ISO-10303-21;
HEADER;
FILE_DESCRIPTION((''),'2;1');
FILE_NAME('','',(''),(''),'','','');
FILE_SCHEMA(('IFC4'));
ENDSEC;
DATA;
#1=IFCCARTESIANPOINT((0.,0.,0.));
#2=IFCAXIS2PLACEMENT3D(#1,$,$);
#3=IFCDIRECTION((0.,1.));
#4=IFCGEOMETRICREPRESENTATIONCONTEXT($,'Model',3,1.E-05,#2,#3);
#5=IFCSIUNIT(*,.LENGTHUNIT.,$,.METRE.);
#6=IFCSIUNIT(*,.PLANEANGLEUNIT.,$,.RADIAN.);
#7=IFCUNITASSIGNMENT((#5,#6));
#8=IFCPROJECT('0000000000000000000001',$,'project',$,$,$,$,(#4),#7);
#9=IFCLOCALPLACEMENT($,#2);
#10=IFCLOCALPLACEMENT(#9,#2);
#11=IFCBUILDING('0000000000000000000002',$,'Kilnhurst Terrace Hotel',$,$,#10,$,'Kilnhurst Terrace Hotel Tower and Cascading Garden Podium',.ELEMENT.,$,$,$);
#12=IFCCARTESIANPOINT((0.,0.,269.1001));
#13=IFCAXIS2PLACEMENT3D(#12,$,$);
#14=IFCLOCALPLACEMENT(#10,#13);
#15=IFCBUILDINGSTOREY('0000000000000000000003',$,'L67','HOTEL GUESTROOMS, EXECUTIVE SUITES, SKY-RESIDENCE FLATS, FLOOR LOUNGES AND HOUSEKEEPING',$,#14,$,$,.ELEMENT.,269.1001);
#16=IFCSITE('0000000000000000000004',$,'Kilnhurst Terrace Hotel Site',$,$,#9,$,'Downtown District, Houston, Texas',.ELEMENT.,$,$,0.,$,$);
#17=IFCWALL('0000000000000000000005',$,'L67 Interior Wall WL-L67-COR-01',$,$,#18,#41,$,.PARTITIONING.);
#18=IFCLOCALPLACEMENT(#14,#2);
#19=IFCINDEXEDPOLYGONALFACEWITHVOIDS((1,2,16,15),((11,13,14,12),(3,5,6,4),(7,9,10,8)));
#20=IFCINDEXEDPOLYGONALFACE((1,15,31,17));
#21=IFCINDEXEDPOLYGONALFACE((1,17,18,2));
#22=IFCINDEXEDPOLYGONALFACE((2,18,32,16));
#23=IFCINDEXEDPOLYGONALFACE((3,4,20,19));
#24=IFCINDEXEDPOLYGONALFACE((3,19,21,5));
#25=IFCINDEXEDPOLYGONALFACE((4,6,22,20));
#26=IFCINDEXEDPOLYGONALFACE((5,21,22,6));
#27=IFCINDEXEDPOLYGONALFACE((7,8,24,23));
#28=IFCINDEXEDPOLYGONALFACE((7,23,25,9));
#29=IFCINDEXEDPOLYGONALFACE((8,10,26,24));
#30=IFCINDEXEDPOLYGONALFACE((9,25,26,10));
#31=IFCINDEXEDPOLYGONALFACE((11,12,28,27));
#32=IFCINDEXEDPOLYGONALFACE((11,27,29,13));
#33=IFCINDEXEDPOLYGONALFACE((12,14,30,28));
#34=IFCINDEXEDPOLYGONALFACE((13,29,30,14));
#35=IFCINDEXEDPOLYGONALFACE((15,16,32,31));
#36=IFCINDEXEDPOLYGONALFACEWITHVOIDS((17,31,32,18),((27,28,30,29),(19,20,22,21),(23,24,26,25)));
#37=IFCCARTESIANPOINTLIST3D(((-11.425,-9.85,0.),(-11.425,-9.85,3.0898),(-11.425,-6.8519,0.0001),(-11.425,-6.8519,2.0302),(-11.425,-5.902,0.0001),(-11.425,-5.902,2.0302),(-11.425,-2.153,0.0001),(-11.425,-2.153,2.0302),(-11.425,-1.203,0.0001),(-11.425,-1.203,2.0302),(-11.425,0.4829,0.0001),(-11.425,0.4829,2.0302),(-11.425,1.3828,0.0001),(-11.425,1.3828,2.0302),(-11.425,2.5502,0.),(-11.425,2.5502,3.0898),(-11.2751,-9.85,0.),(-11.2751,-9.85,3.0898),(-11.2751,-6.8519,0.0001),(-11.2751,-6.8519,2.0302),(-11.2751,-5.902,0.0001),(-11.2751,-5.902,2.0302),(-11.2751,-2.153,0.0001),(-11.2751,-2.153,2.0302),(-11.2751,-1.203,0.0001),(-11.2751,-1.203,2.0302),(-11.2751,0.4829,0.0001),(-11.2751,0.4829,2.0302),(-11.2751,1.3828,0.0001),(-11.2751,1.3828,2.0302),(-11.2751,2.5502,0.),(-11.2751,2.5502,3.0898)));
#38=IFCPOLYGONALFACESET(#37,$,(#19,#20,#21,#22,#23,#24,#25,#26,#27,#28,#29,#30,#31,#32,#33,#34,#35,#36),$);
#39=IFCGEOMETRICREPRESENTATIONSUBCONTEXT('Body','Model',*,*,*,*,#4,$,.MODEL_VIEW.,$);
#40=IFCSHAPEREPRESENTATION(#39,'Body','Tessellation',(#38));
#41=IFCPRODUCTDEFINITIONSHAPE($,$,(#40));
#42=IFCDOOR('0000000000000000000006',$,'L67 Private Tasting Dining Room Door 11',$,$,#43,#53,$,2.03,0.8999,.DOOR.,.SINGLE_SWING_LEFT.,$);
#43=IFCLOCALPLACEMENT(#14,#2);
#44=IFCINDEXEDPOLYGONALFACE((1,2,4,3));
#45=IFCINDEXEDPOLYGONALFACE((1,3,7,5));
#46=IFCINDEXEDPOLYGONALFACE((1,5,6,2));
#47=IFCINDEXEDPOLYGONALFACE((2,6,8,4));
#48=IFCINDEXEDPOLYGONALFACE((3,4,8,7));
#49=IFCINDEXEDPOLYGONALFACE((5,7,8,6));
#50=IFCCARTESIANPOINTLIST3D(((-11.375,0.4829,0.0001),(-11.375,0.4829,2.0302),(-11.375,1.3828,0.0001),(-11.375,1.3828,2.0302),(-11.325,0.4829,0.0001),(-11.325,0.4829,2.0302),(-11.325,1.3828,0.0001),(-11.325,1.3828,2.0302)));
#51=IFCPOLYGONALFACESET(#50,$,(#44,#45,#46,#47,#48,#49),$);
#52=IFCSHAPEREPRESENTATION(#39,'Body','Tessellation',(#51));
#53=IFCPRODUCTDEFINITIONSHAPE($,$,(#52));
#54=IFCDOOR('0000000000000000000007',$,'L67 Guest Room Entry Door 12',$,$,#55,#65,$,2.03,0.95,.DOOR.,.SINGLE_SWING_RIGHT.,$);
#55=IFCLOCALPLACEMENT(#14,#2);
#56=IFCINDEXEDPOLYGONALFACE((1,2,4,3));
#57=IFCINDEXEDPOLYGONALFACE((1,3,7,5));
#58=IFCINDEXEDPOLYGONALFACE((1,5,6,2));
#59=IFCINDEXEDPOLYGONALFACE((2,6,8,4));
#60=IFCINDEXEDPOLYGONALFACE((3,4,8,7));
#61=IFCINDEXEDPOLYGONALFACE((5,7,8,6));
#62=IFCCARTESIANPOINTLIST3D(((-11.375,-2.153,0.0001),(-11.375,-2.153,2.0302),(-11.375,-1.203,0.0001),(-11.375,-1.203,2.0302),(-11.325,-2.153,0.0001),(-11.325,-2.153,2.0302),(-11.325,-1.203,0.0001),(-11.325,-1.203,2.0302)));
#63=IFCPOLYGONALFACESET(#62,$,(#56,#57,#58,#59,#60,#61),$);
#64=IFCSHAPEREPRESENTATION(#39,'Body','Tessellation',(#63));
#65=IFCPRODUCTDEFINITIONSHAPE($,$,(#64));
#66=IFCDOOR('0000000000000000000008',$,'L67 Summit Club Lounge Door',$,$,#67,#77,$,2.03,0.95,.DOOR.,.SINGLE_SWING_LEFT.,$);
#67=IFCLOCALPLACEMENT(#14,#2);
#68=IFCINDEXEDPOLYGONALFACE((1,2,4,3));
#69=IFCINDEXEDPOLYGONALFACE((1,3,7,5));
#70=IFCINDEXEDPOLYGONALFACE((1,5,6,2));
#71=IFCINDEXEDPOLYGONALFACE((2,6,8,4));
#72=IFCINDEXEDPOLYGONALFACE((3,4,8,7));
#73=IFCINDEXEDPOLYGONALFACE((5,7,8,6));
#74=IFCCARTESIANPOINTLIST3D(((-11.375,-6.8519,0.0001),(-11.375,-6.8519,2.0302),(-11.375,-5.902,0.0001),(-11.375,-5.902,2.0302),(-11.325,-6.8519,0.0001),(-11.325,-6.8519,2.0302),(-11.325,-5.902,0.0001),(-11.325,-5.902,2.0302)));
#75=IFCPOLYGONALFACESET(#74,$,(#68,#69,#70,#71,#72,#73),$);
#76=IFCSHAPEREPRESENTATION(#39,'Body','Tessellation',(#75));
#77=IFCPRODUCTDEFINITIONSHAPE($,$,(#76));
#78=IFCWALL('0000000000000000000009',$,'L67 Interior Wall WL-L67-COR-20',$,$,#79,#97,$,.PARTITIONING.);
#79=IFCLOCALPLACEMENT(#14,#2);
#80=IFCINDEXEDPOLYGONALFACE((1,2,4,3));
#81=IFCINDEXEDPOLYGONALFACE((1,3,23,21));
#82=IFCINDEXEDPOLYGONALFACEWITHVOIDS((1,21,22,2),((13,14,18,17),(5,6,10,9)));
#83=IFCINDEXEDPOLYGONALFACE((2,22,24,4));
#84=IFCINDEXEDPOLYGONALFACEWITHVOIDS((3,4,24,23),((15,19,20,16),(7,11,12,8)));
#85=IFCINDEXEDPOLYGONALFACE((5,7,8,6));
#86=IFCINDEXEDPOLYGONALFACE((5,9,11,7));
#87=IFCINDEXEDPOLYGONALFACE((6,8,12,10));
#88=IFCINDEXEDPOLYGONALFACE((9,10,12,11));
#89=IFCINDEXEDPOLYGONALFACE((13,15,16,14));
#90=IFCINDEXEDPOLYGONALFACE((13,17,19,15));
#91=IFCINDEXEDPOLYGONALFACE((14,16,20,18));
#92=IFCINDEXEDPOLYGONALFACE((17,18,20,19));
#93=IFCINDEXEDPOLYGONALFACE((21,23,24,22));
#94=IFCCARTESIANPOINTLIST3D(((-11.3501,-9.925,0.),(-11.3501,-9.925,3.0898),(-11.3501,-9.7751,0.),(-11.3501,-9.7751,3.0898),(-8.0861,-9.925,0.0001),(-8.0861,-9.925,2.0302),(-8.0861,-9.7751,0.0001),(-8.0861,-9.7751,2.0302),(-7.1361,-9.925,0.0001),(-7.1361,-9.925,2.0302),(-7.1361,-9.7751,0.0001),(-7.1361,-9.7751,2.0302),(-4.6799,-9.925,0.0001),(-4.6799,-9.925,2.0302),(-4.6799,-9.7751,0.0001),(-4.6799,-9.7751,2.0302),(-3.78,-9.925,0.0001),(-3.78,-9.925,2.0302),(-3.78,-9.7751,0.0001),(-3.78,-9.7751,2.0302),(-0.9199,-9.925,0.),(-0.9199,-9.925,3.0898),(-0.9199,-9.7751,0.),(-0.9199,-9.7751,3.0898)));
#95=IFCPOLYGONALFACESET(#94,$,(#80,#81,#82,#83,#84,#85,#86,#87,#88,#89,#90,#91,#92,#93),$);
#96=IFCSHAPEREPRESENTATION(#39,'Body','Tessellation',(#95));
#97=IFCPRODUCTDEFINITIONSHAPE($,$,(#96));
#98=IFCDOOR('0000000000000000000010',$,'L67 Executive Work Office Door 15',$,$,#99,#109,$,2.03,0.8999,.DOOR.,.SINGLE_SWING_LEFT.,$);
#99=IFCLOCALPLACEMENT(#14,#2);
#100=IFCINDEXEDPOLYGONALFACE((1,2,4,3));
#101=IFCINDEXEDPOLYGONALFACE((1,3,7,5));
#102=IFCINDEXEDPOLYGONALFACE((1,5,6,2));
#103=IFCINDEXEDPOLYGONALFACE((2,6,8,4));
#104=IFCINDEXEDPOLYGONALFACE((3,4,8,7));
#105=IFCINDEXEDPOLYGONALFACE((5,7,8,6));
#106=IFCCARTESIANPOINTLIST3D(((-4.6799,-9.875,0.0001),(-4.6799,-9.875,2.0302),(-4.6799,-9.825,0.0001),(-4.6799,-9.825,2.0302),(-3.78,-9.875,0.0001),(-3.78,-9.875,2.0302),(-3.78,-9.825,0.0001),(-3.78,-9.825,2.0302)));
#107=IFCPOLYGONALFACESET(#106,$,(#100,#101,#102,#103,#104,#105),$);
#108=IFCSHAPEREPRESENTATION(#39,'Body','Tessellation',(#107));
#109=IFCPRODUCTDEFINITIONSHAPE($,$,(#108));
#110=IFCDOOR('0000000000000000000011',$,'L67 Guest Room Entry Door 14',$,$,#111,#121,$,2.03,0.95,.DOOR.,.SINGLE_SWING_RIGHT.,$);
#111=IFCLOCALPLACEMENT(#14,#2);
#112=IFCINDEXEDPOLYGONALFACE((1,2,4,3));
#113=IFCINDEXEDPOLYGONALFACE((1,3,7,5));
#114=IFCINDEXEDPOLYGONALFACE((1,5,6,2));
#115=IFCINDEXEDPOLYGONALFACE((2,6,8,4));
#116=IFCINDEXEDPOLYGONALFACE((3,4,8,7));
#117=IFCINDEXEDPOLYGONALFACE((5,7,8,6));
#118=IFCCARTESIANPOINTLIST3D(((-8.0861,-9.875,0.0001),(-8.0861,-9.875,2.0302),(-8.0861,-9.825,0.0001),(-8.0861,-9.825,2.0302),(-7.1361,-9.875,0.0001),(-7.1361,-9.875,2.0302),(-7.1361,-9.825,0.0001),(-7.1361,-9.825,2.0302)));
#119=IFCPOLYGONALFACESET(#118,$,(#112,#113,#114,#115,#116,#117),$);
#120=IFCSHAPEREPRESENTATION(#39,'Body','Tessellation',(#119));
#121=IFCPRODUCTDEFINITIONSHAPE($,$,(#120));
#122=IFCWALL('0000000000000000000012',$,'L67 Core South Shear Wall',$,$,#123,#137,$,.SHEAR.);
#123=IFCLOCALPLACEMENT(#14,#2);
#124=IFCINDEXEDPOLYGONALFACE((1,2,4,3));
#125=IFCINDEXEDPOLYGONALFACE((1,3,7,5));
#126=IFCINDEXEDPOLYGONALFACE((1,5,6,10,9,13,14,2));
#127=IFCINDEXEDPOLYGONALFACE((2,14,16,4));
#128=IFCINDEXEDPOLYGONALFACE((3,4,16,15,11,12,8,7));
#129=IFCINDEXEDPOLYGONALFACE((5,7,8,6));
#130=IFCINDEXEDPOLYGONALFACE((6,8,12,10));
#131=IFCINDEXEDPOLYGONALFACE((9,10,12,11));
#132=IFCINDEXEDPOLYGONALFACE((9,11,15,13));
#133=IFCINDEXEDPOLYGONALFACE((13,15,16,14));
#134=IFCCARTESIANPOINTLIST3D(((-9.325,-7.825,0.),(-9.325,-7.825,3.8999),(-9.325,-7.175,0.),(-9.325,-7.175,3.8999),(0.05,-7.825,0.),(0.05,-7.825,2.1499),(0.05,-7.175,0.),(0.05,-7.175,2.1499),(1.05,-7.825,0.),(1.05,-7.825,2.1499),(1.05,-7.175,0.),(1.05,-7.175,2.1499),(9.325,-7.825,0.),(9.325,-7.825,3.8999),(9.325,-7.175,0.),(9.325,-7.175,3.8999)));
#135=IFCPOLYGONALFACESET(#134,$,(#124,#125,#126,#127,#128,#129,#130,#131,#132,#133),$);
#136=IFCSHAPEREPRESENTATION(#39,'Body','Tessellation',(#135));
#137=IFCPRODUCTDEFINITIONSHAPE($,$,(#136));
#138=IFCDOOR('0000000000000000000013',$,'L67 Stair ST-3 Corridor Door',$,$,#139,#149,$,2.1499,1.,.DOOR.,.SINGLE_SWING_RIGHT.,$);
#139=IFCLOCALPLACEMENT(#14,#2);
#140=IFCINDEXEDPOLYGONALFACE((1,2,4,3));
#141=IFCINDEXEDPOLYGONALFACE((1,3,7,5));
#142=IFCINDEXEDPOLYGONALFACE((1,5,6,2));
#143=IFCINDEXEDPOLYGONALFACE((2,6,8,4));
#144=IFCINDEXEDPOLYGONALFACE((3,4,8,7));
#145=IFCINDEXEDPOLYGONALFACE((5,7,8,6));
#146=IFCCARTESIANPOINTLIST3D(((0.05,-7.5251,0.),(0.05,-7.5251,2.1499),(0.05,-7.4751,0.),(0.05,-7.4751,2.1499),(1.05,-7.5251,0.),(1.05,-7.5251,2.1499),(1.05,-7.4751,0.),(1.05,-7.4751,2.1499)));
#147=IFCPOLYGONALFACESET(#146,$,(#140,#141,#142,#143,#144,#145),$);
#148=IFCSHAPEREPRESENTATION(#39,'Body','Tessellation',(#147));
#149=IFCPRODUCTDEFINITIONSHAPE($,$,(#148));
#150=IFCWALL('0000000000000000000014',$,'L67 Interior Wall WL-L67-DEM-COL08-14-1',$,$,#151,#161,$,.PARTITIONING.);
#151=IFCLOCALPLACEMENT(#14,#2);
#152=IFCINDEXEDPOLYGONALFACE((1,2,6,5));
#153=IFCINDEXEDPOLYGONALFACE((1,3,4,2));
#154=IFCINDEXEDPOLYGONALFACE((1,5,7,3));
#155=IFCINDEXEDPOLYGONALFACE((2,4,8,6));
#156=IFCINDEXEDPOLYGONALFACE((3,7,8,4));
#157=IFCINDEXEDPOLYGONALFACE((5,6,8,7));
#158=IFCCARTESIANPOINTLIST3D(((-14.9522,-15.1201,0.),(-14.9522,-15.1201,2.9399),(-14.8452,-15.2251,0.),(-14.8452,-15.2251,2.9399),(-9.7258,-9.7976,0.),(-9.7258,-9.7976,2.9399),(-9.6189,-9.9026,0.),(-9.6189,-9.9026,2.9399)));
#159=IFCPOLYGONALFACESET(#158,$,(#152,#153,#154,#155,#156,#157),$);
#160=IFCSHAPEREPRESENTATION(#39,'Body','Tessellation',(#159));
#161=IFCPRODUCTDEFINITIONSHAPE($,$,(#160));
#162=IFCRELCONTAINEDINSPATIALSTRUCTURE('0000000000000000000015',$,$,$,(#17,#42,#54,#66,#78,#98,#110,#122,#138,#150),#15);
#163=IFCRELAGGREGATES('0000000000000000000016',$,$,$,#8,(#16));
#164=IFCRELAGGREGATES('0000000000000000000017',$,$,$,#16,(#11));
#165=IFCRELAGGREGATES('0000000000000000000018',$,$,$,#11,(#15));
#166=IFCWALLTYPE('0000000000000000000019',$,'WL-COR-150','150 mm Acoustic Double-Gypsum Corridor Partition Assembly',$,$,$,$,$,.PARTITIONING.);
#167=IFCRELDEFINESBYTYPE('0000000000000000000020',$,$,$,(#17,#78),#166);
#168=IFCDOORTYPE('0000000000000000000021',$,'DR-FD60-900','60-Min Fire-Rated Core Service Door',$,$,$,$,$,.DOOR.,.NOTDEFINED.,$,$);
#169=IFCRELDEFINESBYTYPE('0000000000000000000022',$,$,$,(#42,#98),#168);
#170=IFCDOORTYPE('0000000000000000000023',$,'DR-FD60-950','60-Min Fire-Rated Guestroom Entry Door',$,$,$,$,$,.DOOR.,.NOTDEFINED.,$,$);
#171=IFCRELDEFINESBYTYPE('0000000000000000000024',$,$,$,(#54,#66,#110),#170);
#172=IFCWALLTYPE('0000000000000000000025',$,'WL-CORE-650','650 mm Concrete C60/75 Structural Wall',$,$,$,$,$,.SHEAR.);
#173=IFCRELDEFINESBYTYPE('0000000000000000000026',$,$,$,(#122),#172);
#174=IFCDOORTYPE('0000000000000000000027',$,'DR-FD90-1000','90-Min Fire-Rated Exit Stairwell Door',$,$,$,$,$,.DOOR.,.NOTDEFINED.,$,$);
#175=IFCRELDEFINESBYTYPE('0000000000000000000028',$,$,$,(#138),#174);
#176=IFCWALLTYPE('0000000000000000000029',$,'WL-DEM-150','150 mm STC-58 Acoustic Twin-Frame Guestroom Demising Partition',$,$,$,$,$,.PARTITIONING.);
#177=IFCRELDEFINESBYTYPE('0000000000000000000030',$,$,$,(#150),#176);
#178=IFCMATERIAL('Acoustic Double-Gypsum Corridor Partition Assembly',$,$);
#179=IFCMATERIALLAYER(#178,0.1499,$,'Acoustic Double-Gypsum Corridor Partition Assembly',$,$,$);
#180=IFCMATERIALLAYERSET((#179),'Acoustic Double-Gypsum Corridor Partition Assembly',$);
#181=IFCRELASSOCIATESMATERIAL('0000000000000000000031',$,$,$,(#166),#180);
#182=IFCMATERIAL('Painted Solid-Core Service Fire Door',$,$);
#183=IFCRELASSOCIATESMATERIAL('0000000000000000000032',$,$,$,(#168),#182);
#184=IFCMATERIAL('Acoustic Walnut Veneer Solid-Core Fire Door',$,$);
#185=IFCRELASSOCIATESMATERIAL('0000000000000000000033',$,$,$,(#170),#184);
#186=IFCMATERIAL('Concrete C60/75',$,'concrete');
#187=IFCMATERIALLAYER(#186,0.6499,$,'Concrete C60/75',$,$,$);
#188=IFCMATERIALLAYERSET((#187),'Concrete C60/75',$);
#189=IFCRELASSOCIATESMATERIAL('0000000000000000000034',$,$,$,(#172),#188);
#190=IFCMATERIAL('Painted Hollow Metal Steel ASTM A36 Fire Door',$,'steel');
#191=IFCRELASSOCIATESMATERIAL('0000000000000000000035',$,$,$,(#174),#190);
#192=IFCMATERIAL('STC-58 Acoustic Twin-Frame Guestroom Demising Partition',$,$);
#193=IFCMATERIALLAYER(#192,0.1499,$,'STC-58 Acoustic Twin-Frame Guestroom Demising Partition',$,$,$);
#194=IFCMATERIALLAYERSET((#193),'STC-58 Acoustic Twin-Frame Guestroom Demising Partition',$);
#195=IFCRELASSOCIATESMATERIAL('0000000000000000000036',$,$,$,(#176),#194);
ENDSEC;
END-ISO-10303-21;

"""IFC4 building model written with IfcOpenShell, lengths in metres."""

from ifc_helpers import new_model, si_unit, direction, frame, frame_2d, origin, place, context, subcontext, project, spatial, rectangle, extrude, material, layer, layer_set, type_object, element, fill, save


model = new_model("IFC4")

# Units and contexts
model_context = context("Model", 3, precision=1e-05, world=origin(), true_north=direction((0.0, 1.0)))
body_context = subcontext(model_context, "Body", "Model", "MODEL_VIEW")
ifc_project = project(units=[si_unit("LENGTHUNIT", "METRE"), si_unit("PLANEANGLEUNIT", "RADIAN")], contexts=[model_context])

# Site, building, storey
site_placement = place(None, origin())
site = spatial("IfcSite", under=ifc_project, at=site_placement, Name="Kilnhurst Terrace Hotel Site", LongName="Downtown District, Houston, Texas", CompositionType="ELEMENT", RefElevation=0.0)
building_placement = place(site_placement, origin())
building = spatial("IfcBuilding", under=site, at=building_placement, Name="Kilnhurst Terrace Hotel", LongName="Kilnhurst Terrace Hotel Tower and Cascading Garden Podium", CompositionType="ELEMENT")
storey_placement = place(building_placement, frame((0.0, 0.0, 269.1001)))
storey = spatial("IfcBuildingStorey", under=building, at=storey_placement, Name="L67", Description="HOTEL GUESTROOMS, EXECUTIVE SUITES, SKY-RESIDENCE FLATS, FLOOR LOUNGES AND HOUSEKEEPING", CompositionType="ELEMENT", Elevation=269.1001)

# Shared definitions
ifc_material_1 = material(Name="Concrete C60/75", Category="concrete")

# Walls, openings, doors
ifc_material_2 = material(Name="Acoustic Double-Gypsum Corridor Partition Assembly")
ifc_layer_1 = layer(ifc_material_2, 0.1499, Name="Acoustic Double-Gypsum Corridor Partition Assembly")
ifc_layer_set_1 = layer_set([ifc_layer_1], Name="Acoustic Double-Gypsum Corridor Partition Assembly")
wall_type_1 = type_object("IfcWallType", Name="WL-COR-150", Description="150 mm Acoustic Double-Gypsum Corridor Partition Assembly", PredefinedType="PARTITIONING", material=ifc_layer_set_1)
wall_1_placement = place(storey_placement, frame((-11.3501, -9.8501, 0.0), z_axis=(0.0, 0.0, 1.0), x_axis=(0.0, 1.0, 0.0)))
wall_1 = element("IfcWall", 1, at=wall_1_placement, inside=storey, type_object=wall_type_1, Name="L67 Interior Wall WL-L67-COR-01", PredefinedType="PARTITIONING", context=body_context, shape_type="SweptSolid", body=[
    extrude(rectangle(XDim=12.4001, YDim=0.1499, at=frame_2d((6.2002, 0.0))), origin(), (0.0, 0.0, 1.0), 3.0898),
])
opening_1_placement = place(wall_1_placement, frame((10.333, 0.0, 0.0)))
opening_1 = element("IfcOpeningElement", 2, at=opening_1_placement, cuts=wall_1, PredefinedType="OPENING", context=body_context, shape_type="SweptSolid", body=[
    extrude(rectangle(XDim=0.8999, YDim=2.03, at=frame_2d((0.45, 1.0151))), frame((0.0, 0.085, 0.0), z_axis=(0.0, -1.0, 0.0), x_axis=(1.0, 0.0, 0.0)), (0.0, 0.0, 1.0), 0.1699),
])
opening_2_placement = place(wall_1_placement, frame((7.697, 0.0, 0.0)))
opening_2 = element("IfcOpeningElement", 3, at=opening_2_placement, cuts=wall_1, PredefinedType="OPENING", context=body_context, shape_type="SweptSolid", body=[
    extrude(rectangle(XDim=0.95, YDim=2.03, at=frame_2d((0.4751, 1.0151))), frame((0.0, 0.085, 0.0), z_axis=(0.0, -1.0, 0.0), x_axis=(1.0, 0.0, 0.0)), (0.0, 0.0, 1.0), 0.1699),
])
opening_3_placement = place(wall_1_placement, frame((2.998, 0.0, 0.0)))
opening_3 = element("IfcOpeningElement", 4, at=opening_3_placement, cuts=wall_1, PredefinedType="OPENING", context=body_context, shape_type="SweptSolid", body=[
    extrude(rectangle(XDim=0.95, YDim=2.03, at=frame_2d((0.4751, 1.0151))), frame((0.0, 0.085, 0.0), z_axis=(0.0, -1.0, 0.0), x_axis=(1.0, 0.0, 0.0)), (0.0, 0.0, 1.0), 0.1699),
])
ifc_material_3 = material(Name="Painted Solid-Core Service Fire Door")
door_type_1 = type_object("IfcDoorType", Name="DR-FD60-900", Description="60-Min Fire-Rated Core Service Door", OperationType="NOTDEFINED", PredefinedType="DOOR", material=ifc_material_3)
door_1_placement = place(opening_1_placement, origin())
door_1 = element("IfcDoor", 5, at=door_1_placement, inside=storey, type_object=door_type_1, Name="L67 Private Tasting Dining Room Door 11", OperationType="SINGLE_SWING_LEFT", OverallHeight=2.03, OverallWidth=0.8999, PredefinedType="DOOR", context=body_context, shape_type="SweptSolid", body=[
    extrude(rectangle(XDim=0.8999, YDim=2.03, at=frame_2d((0.45, 1.0151))), frame((0.0, 0.0249, 0.0), z_axis=(0.0, -1.0, 0.0), x_axis=(1.0, 0.0, 0.0)), (0.0, 0.0, 1.0), 0.05),
])
fill(opening_1, door_1)
ifc_material_4 = material(Name="Acoustic Walnut Veneer Solid-Core Fire Door")
door_type_2 = type_object("IfcDoorType", Name="DR-FD60-950", Description="60-Min Fire-Rated Guestroom Entry Door", OperationType="NOTDEFINED", PredefinedType="DOOR", material=ifc_material_4)
door_2_placement = place(opening_2_placement, origin())
door_2 = element("IfcDoor", 6, at=door_2_placement, inside=storey, type_object=door_type_2, Name="L67 Guest Room Entry Door 12", OperationType="SINGLE_SWING_RIGHT", OverallHeight=2.03, OverallWidth=0.95, PredefinedType="DOOR", context=body_context, shape_type="SweptSolid", body=[
    extrude(rectangle(XDim=0.95, YDim=2.03, at=frame_2d((0.4751, 1.0151))), frame((0.0, 0.0249, 0.0), z_axis=(0.0, -1.0, 0.0), x_axis=(1.0, 0.0, 0.0)), (0.0, 0.0, 1.0), 0.05),
])
fill(opening_2, door_2)
door_3_placement = place(opening_3_placement, origin())
door_3 = element("IfcDoor", 7, at=door_3_placement, inside=storey, type_object=door_type_2, Name="L67 Summit Club Lounge Door", OperationType="SINGLE_SWING_LEFT", OverallHeight=2.03, OverallWidth=0.95, PredefinedType="DOOR", context=body_context, shape_type="SweptSolid", body=[
    extrude(rectangle(XDim=0.95, YDim=2.03, at=frame_2d((0.4751, 1.0151))), frame((0.0, 0.0249, 0.0), z_axis=(0.0, -1.0, 0.0), x_axis=(1.0, 0.0, 0.0)), (0.0, 0.0, 1.0), 0.05),
])
fill(opening_3, door_3)
wall_2_placement = place(storey_placement, frame((-0.9199, -9.8501, 0.0), z_axis=(0.0, 0.0, 1.0), x_axis=(-1.0, 0.0, 0.0)))
wall_2 = element("IfcWall", 8, at=wall_2_placement, inside=storey, type_object=wall_type_1, Name="L67 Interior Wall WL-L67-COR-20", PredefinedType="PARTITIONING", context=body_context, shape_type="SweptSolid", body=[
    extrude(rectangle(XDim=10.4302, YDim=0.1499, at=frame_2d((5.2151, 0.0))), origin(), (0.0, 0.0, 1.0), 3.0898),
])
opening_4_placement = place(wall_2_placement, frame((6.2161, 0.0, 0.0)))
opening_4 = element("IfcOpeningElement", 9, at=opening_4_placement, cuts=wall_2, PredefinedType="OPENING", context=body_context, shape_type="SweptSolid", body=[
    extrude(rectangle(XDim=0.95, YDim=2.03, at=frame_2d((0.4751, 1.0151))), frame((0.0, 0.085, 0.0), z_axis=(0.0, -1.0, 0.0), x_axis=(1.0, 0.0, 0.0)), (0.0, 0.0, 1.0), 0.1699),
])
opening_5_placement = place(wall_2_placement, frame((2.8601, 0.0, 0.0)))
opening_5 = element("IfcOpeningElement", 10, at=opening_5_placement, cuts=wall_2, PredefinedType="OPENING", context=body_context, shape_type="SweptSolid", body=[
    extrude(rectangle(XDim=0.8999, YDim=2.03, at=frame_2d((0.45, 1.0151))), frame((0.0, 0.085, 0.0), z_axis=(0.0, -1.0, 0.0), x_axis=(1.0, 0.0, 0.0)), (0.0, 0.0, 1.0), 0.1699),
])
door_4_placement = place(opening_5_placement, origin())
door_4 = element("IfcDoor", 11, at=door_4_placement, inside=storey, type_object=door_type_1, Name="L67 Executive Work Office Door 15", OperationType="SINGLE_SWING_LEFT", OverallHeight=2.03, OverallWidth=0.8999, PredefinedType="DOOR", context=body_context, shape_type="SweptSolid", body=[
    extrude(rectangle(XDim=0.8999, YDim=2.03, at=frame_2d((0.45, 1.0151))), frame((0.0, 0.0249, 0.0), z_axis=(0.0, -1.0, 0.0), x_axis=(1.0, 0.0, 0.0)), (0.0, 0.0, 1.0), 0.05),
])
fill(opening_5, door_4)
door_5_placement = place(opening_4_placement, origin())
door_5 = element("IfcDoor", 12, at=door_5_placement, inside=storey, type_object=door_type_2, Name="L67 Guest Room Entry Door 14", OperationType="SINGLE_SWING_RIGHT", OverallHeight=2.03, OverallWidth=0.95, PredefinedType="DOOR", context=body_context, shape_type="SweptSolid", body=[
    extrude(rectangle(XDim=0.95, YDim=2.03, at=frame_2d((0.4751, 1.0151))), frame((0.0, 0.0249, 0.0), z_axis=(0.0, -1.0, 0.0), x_axis=(1.0, 0.0, 0.0)), (0.0, 0.0, 1.0), 0.05),
])
fill(opening_4, door_5)

# Wall, opening, door
ifc_layer_2 = layer(ifc_material_1, 0.6499, Name="Concrete C60/75")
ifc_layer_set_2 = layer_set([ifc_layer_2], Name="Concrete C60/75")
wall_type_2 = type_object("IfcWallType", Name="WL-CORE-650", Description="650 mm Concrete C60/75 Structural Wall", PredefinedType="SHEAR", material=ifc_layer_set_2)
wall_3_placement = place(storey_placement, frame((-9.325, -7.5, 0.0), z_axis=(0.0, 0.0, 1.0), x_axis=(1.0, 0.0, 0.0)))
wall_3 = element("IfcWall", 13, at=wall_3_placement, inside=storey, type_object=wall_type_2, Name="L67 Core South Shear Wall", PredefinedType="SHEAR", context=body_context, shape_type="SweptSolid", body=[
    extrude(rectangle(XDim=18.6499, YDim=0.6499, at=frame_2d((9.325, 0.0))), origin(), (0.0, 0.0, 1.0), 3.8999),
])
opening_6_placement = place(wall_3_placement, frame((9.375, 0.0, 0.0)))
opening_6 = element("IfcOpeningElement", 14, at=opening_6_placement, cuts=wall_3, PredefinedType="OPENING", context=body_context, shape_type="SweptSolid", body=[
    extrude(rectangle(XDim=1.0, YDim=2.1499, at=frame_2d((0.5, 1.075))), frame((0.0, 0.335, 0.0), z_axis=(0.0, -1.0, 0.0), x_axis=(1.0, 0.0, 0.0)), (0.0, 0.0, 1.0), 0.6699),
])
ifc_material_5 = material(Name="Painted Hollow Metal Steel ASTM A36 Fire Door", Category="steel")
door_type_3 = type_object("IfcDoorType", Name="DR-FD90-1000", Description="90-Min Fire-Rated Exit Stairwell Door", OperationType="NOTDEFINED", PredefinedType="DOOR", material=ifc_material_5)
door_6_placement = place(opening_6_placement, origin())
door_6 = element("IfcDoor", 15, at=door_6_placement, inside=storey, type_object=door_type_3, Name="L67 Stair ST-3 Corridor Door", OperationType="SINGLE_SWING_RIGHT", OverallHeight=2.1499, OverallWidth=1.0, PredefinedType="DOOR", context=body_context, shape_type="SweptSolid", body=[
    extrude(rectangle(XDim=1.0, YDim=2.1499, at=frame_2d((0.5, 1.075))), frame((0.0, 0.0249, 0.0), z_axis=(0.0, -1.0, 0.0), x_axis=(1.0, 0.0, 0.0)), (0.0, 0.0, 1.0), 0.05),
])
fill(opening_6, door_6)

# Wall
ifc_material_6 = material(Name="STC-58 Acoustic Twin-Frame Guestroom Demising Partition")
ifc_layer_3 = layer(ifc_material_6, 0.1499, Name="STC-58 Acoustic Twin-Frame Guestroom Demising Partition")
ifc_layer_set_3 = layer_set([ifc_layer_3], Name="STC-58 Acoustic Twin-Frame Guestroom Demising Partition")
wall_type_3 = type_object("IfcWallType", Name="WL-DEM-150", Description="150 mm STC-58 Acoustic Twin-Frame Guestroom Demising Partition", PredefinedType="PARTITIONING", material=ifc_layer_set_3)
wall_4_placement = place(storey_placement, frame((-9.6724, -9.8501, 0.0), z_axis=(0.0, 0.0, 1.0), x_axis=(-0.70063, -0.713525, 0.0)))
element("IfcWall", 16, at=wall_4_placement, inside=storey, type_object=wall_type_3, Name="L67 Interior Wall WL-L67-DEM-COL08-14-1", PredefinedType="PARTITIONING", context=body_context, shape_type="SweptSolid", body=[
    extrude(rectangle(XDim=7.4595, YDim=0.1499, at=frame_2d((3.7297, 0.0))), origin(), (0.0, 0.0, 1.0), 2.9399),
])

save(model, "model.ifc")
